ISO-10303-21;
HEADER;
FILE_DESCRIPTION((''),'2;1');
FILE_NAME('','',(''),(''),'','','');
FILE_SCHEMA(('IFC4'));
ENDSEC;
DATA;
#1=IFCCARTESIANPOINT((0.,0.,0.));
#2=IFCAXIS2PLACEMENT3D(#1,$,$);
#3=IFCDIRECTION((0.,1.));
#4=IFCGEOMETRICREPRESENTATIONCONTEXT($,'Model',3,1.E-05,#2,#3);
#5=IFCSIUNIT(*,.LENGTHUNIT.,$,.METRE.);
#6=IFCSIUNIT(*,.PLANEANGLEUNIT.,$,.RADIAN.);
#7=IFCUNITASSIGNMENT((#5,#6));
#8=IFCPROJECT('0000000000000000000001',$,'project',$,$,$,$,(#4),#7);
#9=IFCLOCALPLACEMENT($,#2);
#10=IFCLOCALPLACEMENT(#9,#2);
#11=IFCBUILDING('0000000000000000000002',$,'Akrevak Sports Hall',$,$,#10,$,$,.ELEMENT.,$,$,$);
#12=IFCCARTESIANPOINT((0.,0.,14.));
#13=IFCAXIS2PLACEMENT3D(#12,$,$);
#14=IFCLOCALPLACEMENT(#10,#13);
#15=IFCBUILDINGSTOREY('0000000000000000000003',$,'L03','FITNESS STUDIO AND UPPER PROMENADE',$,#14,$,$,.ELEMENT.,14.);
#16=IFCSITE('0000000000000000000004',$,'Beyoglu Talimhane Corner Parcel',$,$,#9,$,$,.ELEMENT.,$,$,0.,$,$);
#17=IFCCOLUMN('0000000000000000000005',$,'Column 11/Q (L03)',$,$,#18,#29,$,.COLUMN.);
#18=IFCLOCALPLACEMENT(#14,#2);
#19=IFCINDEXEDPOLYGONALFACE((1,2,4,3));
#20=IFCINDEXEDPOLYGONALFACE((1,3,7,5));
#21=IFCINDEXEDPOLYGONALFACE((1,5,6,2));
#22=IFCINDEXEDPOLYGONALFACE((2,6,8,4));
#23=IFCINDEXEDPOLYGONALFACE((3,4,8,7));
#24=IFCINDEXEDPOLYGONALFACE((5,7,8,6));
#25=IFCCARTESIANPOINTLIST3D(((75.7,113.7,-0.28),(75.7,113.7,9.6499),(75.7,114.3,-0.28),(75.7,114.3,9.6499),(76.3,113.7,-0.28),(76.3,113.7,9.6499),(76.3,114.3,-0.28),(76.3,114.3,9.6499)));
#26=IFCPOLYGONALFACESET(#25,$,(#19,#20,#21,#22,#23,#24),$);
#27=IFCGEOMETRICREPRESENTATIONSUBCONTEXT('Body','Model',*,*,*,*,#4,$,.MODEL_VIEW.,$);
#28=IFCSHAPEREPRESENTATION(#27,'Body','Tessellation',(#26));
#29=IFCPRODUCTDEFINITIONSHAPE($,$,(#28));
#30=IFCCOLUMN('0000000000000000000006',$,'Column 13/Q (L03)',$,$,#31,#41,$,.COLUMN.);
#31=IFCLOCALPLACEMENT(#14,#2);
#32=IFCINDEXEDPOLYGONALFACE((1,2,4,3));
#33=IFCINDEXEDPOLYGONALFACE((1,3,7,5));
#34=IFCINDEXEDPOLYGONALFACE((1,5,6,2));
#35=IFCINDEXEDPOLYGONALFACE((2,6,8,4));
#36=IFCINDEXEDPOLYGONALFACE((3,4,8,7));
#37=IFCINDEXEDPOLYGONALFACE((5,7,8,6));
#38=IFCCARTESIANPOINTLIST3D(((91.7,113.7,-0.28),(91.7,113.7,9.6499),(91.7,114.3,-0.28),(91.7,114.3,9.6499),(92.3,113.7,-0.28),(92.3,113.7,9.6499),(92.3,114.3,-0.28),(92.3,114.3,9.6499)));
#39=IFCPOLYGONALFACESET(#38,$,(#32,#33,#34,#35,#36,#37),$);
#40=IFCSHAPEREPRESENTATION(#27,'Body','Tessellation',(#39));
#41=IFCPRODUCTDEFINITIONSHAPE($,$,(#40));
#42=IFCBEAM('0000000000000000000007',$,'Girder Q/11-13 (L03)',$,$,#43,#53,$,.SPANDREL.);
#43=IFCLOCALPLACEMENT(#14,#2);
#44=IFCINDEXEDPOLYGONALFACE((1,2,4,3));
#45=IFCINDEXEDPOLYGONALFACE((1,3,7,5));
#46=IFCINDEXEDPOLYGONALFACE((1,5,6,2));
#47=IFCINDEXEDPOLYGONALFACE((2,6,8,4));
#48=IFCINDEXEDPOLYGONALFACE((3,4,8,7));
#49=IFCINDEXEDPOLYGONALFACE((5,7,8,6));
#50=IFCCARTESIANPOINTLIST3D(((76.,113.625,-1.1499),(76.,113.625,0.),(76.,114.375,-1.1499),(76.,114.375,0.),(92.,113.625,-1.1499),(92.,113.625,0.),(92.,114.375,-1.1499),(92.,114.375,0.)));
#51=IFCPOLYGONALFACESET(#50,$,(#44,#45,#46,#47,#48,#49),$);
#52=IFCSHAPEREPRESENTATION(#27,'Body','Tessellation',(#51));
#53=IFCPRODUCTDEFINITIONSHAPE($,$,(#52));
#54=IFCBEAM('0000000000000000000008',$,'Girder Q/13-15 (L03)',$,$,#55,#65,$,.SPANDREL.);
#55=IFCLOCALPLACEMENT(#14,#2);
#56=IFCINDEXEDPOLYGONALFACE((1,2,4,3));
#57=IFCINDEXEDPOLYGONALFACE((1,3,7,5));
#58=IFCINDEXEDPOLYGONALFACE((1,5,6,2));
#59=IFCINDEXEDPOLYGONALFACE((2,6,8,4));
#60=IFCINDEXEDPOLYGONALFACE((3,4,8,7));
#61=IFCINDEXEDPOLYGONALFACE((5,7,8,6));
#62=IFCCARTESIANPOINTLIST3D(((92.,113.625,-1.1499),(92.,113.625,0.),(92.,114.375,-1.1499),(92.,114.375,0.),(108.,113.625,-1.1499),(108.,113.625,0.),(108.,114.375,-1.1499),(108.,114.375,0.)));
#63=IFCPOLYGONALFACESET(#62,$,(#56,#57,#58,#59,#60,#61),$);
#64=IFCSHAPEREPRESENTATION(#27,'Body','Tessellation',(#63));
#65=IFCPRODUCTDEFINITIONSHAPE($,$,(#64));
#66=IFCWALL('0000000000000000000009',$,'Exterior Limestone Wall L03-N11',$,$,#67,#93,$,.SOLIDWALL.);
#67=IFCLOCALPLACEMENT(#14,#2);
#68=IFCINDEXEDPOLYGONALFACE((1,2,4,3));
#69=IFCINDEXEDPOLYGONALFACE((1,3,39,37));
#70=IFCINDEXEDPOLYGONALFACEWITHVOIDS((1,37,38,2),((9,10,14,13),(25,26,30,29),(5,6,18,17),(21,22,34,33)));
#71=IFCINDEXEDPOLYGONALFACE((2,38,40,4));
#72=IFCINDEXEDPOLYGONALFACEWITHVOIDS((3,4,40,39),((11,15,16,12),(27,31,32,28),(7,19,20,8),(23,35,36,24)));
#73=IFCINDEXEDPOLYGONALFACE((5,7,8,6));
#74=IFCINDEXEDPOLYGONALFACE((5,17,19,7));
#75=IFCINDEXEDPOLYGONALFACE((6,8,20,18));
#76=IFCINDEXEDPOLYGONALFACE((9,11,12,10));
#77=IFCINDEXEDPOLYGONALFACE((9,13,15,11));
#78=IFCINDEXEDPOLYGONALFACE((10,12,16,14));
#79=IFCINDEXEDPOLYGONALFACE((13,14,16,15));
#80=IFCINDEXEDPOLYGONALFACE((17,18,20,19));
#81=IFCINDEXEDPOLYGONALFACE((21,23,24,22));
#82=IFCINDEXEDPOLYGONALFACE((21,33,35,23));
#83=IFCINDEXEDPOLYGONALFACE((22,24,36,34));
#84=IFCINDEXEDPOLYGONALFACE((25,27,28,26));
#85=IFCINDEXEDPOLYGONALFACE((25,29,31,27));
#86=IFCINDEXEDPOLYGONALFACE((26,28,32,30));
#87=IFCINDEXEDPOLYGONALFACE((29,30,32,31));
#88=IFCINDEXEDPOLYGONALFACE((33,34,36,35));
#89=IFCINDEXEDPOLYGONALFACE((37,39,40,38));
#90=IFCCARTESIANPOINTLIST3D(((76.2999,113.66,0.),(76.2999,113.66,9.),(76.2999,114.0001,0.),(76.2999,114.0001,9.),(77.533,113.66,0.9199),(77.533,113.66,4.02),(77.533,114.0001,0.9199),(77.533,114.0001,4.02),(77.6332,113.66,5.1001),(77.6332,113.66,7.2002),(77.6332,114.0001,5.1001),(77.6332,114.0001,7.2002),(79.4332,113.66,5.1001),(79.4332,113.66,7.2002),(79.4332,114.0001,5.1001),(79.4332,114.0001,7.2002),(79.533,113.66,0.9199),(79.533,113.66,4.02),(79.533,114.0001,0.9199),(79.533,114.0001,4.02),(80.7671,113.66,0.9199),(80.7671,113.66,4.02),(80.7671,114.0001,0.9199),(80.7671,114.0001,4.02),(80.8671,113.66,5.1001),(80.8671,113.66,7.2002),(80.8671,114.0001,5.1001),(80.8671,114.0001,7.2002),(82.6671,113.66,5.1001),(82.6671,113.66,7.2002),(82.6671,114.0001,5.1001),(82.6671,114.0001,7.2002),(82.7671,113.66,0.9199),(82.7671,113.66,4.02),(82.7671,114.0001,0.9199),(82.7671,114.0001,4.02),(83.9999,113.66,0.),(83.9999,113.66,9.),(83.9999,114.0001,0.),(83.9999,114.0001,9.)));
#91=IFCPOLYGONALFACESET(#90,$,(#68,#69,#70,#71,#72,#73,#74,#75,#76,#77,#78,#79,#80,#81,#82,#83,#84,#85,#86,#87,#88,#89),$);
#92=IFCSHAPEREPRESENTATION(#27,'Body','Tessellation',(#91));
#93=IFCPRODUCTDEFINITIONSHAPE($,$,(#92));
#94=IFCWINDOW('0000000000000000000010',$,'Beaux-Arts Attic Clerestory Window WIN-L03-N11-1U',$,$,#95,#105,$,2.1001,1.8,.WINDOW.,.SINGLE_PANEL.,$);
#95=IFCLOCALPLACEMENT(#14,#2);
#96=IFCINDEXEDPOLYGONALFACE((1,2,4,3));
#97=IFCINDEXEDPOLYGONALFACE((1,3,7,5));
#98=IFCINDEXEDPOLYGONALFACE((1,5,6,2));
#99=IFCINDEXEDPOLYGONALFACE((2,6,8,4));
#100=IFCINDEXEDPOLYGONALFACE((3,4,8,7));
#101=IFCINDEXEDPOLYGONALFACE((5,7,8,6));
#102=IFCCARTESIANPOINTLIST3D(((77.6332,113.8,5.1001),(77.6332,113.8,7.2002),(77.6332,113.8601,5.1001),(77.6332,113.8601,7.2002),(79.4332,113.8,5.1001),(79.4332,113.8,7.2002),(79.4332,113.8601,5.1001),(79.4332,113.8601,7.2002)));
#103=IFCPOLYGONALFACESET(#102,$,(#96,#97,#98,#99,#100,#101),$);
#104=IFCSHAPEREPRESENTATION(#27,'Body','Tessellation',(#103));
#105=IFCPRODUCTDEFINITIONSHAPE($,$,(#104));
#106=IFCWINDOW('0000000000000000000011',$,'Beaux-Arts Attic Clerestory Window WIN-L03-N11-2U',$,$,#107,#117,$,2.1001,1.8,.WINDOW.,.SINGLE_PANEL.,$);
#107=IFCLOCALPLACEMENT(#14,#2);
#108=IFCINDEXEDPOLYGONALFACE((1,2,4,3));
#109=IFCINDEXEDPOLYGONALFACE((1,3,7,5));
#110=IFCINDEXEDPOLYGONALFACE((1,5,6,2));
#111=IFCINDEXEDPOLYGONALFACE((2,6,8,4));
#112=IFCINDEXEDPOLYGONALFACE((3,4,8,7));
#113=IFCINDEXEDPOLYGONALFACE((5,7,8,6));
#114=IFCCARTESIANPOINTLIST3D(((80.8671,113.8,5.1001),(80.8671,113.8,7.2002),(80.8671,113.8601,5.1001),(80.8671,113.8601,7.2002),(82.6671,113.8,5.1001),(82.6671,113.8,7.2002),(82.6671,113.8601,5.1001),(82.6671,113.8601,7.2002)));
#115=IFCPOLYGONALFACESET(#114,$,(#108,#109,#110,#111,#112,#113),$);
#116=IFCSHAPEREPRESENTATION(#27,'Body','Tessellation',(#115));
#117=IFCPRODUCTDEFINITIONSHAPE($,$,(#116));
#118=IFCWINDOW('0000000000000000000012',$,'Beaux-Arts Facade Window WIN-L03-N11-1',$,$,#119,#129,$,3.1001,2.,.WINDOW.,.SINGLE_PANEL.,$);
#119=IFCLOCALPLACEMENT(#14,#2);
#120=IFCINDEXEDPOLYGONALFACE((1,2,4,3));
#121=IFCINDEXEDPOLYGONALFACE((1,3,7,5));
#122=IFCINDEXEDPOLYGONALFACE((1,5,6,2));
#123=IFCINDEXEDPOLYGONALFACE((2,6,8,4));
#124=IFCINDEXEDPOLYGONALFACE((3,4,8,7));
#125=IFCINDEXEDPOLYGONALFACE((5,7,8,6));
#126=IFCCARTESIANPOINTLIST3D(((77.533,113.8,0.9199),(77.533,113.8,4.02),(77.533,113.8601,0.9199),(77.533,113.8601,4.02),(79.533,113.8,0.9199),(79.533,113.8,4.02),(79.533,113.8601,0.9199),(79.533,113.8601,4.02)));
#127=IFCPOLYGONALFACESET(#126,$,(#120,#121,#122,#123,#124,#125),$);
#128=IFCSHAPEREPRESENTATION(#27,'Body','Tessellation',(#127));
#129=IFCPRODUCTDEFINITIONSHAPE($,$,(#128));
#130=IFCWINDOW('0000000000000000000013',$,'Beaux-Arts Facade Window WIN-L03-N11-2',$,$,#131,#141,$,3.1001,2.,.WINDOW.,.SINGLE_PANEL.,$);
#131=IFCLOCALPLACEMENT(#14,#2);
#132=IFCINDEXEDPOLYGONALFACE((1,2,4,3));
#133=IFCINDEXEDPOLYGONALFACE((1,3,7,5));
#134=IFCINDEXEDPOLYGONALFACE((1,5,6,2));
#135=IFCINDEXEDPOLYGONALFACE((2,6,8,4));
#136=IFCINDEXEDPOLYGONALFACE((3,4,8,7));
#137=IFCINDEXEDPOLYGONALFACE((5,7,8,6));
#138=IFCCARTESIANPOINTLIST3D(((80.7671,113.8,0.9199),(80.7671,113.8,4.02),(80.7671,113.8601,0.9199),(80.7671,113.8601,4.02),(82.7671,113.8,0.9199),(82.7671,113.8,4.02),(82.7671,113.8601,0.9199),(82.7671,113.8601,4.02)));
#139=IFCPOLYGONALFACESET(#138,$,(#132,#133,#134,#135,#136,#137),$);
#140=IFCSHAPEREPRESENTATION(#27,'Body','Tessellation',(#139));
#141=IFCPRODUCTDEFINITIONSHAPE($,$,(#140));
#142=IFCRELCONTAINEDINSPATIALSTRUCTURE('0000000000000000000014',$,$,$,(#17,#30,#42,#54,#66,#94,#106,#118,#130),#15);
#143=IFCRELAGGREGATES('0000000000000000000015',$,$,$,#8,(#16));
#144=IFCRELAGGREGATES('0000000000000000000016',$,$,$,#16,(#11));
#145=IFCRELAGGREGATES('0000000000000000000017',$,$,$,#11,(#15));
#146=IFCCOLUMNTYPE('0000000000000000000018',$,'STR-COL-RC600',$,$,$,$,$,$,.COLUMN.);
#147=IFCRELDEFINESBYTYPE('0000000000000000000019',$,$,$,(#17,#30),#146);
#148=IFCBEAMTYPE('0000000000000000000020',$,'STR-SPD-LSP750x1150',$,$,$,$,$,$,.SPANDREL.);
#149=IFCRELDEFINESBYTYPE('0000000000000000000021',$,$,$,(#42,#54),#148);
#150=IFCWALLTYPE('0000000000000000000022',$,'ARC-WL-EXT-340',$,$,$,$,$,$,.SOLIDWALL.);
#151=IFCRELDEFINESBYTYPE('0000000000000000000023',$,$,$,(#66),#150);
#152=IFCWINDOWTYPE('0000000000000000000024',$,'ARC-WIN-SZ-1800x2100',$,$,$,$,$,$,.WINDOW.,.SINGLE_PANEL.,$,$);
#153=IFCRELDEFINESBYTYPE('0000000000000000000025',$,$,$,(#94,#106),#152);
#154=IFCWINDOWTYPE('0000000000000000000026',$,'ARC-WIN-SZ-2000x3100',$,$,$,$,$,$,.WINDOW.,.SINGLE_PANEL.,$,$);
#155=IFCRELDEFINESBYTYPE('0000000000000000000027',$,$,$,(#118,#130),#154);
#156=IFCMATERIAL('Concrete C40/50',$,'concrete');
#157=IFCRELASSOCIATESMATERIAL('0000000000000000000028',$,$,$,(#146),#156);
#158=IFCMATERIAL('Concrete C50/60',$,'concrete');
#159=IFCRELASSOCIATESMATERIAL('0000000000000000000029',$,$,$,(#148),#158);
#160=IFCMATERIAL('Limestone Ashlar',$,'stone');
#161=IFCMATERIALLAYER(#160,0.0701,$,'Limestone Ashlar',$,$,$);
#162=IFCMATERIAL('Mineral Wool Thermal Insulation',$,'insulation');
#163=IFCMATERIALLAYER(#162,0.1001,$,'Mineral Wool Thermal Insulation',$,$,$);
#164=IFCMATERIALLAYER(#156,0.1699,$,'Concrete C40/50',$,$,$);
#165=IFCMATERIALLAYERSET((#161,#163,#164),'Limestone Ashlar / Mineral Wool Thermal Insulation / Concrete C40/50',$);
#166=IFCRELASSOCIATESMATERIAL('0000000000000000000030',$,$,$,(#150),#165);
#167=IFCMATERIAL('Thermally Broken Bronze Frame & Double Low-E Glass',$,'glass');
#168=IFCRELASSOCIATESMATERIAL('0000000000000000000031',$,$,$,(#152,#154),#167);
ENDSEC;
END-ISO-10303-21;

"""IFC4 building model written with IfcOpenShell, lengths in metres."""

from ifc_helpers import new_model, si_unit, direction, frame, frame_2d, origin, origin_2d, place, context, subcontext, project, spatial, rectangle, extrude, material, layer, layer_set, material_profile, profile_set, type_object, element, fill, save


model = new_model("IFC4")

# Units and contexts
model_context = context("Model", 3, precision=1e-05, world=origin(), true_north=direction((0.0, 1.0)))
body_context = subcontext(model_context, "Body", "Model", "MODEL_VIEW")
ifc_project = project(units=[si_unit("LENGTHUNIT", "METRE"), si_unit("PLANEANGLEUNIT", "RADIAN")], contexts=[model_context])

# Site, building, storey
site_placement = place(None, origin())
site = spatial("IfcSite", under=ifc_project, at=site_placement, Name="Beyoglu Talimhane Corner Parcel", CompositionType="ELEMENT", RefElevation=0.0)
building_placement = place(site_placement, origin())
building = spatial("IfcBuilding", under=site, at=building_placement, Name="Akrevak Sports Hall", CompositionType="ELEMENT")
storey_placement = place(building_placement, frame((0.0, 0.0, 14.0)))
storey = spatial("IfcBuildingStorey", under=building, at=storey_placement, Name="L03", Description="FITNESS STUDIO AND UPPER PROMENADE", CompositionType="ELEMENT", Elevation=14.0)

# Columns
ifc_material_1 = material(Name="Concrete C40/50", Category="concrete")
ifc_material_profile_1 = material_profile(ifc_material_1, rectangle(XDim=0.6001, YDim=0.6001, at=origin_2d()), Name="RC 600x600", Category="concrete")
ifc_profile_set_1 = profile_set([ifc_material_profile_1], Name="Concrete C40/50")
column_type = type_object("IfcColumnType", Name="STR-COL-RC600", PredefinedType="COLUMN", material=ifc_profile_set_1)
for number, where, z_axis, x_axis, name in (
    (1, (76.0, 114.0, -0.28), (0.0, 0.0, 1.0), (1.0, 0.0, 0.0), "Column 11/Q (L03)"),
    (2, (92.0, 114.0, -0.28), (0.0, 0.0, 1.0), (1.0, 0.0, 0.0), "Column 13/Q (L03)"),
):
    element("IfcColumn", number, at=place(storey_placement, frame(where, z_axis=z_axis, x_axis=x_axis)), inside=storey, type_object=column_type, Name=name, PredefinedType="COLUMN", context=body_context, shape_type="SweptSolid", body=[
        extrude(rectangle(XDim=0.6001, YDim=0.6001, at=origin_2d()), origin(), (0.0, 0.0, 1.0), 9.9299),
    ])

# Beams
ifc_material_2 = material(Name="Concrete C50/60", Category="concrete")
ifc_material_profile_2 = material_profile(ifc_material_2, rectangle(XDim=0.75, YDim=1.1499, at=origin_2d()), Name="SPD 750x1150", Category="concrete")
ifc_profile_set_2 = profile_set([ifc_material_profile_2], Name="Concrete C50/60")
beam_type = type_object("IfcBeamType", Name="STR-SPD-LSP750x1150", PredefinedType="SPANDREL", material=ifc_profile_set_2)
for number, where, z_axis, x_axis, name in (
    (3, (76.0, 114.0, -0.575), (1.0, 0.0, 0.0), (0.0, 1.0, 0.0), "Girder Q/11-13 (L03)"),
    (4, (92.0, 114.0, -0.575), (1.0, 0.0, 0.0), (0.0, 1.0, 0.0), "Girder Q/13-15 (L03)"),
):
    element("IfcBeam", number, at=place(storey_placement, frame(where, z_axis=z_axis, x_axis=x_axis)), inside=storey, type_object=beam_type, Name=name, PredefinedType="SPANDREL", context=body_context, shape_type="SweptSolid", body=[
        extrude(rectangle(XDim=0.75, YDim=1.1499, at=origin_2d()), origin(), (0.0, 0.0, 1.0), 16.0),
    ])

# Wall, openings, windows
ifc_material_3 = material(Name="Limestone Ashlar", Category="stone")
ifc_layer_1 = layer(ifc_material_3, 0.0701, Name="Limestone Ashlar")
ifc_material_4 = material(Name="Mineral Wool Thermal Insulation", Category="insulation")
ifc_layer_2 = layer(ifc_material_4, 0.1001, Name="Mineral Wool Thermal Insulation")
ifc_layer_3 = layer(ifc_material_1, 0.1699, Name="Concrete C40/50")
ifc_layer_set_1 = layer_set([ifc_layer_1, ifc_layer_2, ifc_layer_3], Name="Limestone Ashlar / Mineral Wool Thermal Insulation / Concrete C40/50")
wall_type = type_object("IfcWallType", Name="ARC-WL-EXT-340", PredefinedType="SOLIDWALL", material=ifc_layer_set_1)
wall_1_placement = place(storey_placement, frame((84.0, 113.8301, 0.0), z_axis=(0.0, 0.0, 1.0), x_axis=(-1.0, 0.0, 0.0)))
wall_1 = element("IfcWall", 5, at=wall_1_placement, inside=storey, type_object=wall_type, Name="Exterior Limestone Wall L03-N11", PredefinedType="SOLIDWALL", context=body_context, shape_type="SweptSolid", body=[
    extrude(rectangle(XDim=7.7, YDim=0.3401, at=frame_2d((3.8501, 0.0))), origin(), (0.0, 0.0, 1.0), 9.0),
])
opening_1_placement = place(wall_1_placement, frame((4.467, 0.0, 0.9199)))
opening_1 = element("IfcOpeningElement", 6, at=opening_1_placement, cuts=wall_1, PredefinedType="OPENING", context=body_context, shape_type="SweptSolid", body=[
    extrude(rectangle(XDim=2.0, YDim=3.1001, at=frame_2d((1.0, 1.55))), frame((0.0, 0.1821, 0.0), z_axis=(0.0, -1.0, 0.0), x_axis=(1.0, 0.0, 0.0)), (0.0, 0.0, 1.0), 0.364),
])
opening_2_placement = place(wall_1_placement, frame((4.5669, 0.0, 5.1001)))
opening_2 = element("IfcOpeningElement", 7, at=opening_2_placement, cuts=wall_1, PredefinedType="OPENING", context=body_context, shape_type="SweptSolid", body=[
    extrude(rectangle(XDim=1.8, YDim=2.1001, at=frame_2d((0.8999, 1.05))), frame((0.0, 0.1821, 0.0), z_axis=(0.0, -1.0, 0.0), x_axis=(1.0, 0.0, 0.0)), (0.0, 0.0, 1.0), 0.364),
])
opening_3_placement = place(wall_1_placement, frame((1.2329, 0.0, 0.9199)))
opening_3 = element("IfcOpeningElement", 8, at=opening_3_placement, cuts=wall_1, PredefinedType="OPENING", context=body_context, shape_type="SweptSolid", body=[
    extrude(rectangle(XDim=2.0, YDim=3.1001, at=frame_2d((1.0, 1.55))), frame((0.0, 0.1821, 0.0), z_axis=(0.0, -1.0, 0.0), x_axis=(1.0, 0.0, 0.0)), (0.0, 0.0, 1.0), 0.364),
])
opening_4_placement = place(wall_1_placement, frame((1.333, 0.0, 5.1001)))
opening_4 = element("IfcOpeningElement", 9, at=opening_4_placement, cuts=wall_1, PredefinedType="OPENING", context=body_context, shape_type="SweptSolid", body=[
    extrude(rectangle(XDim=1.8, YDim=2.1001, at=frame_2d((0.8999, 1.05))), frame((0.0, 0.1821, 0.0), z_axis=(0.0, -1.0, 0.0), x_axis=(1.0, 0.0, 0.0)), (0.0, 0.0, 1.0), 0.364),
])
ifc_material_5 = material(Name="Thermally Broken Bronze Frame & Double Low-E Glass", Category="glass")
window_type_1 = type_object("IfcWindowType", Name="ARC-WIN-SZ-1800x2100", PartitioningType="SINGLE_PANEL", PredefinedType="WINDOW", material=ifc_material_5)
window_1_placement = place(opening_2_placement, origin())
window_1 = element("IfcWindow", 10, at=window_1_placement, inside=storey, type_object=window_type_1, Name="Beaux-Arts Attic Clerestory Window WIN-L03-N11-1U", OverallHeight=2.1001, OverallWidth=1.8, PartitioningType="SINGLE_PANEL", PredefinedType="WINDOW", context=body_context, shape_type="SweptSolid", body=[
    extrude(rectangle(XDim=1.8, YDim=2.1001, at=frame_2d((0.8999, 1.05))), frame((0.0, 0.03, 0.0), z_axis=(0.0, -1.0, 0.0), x_axis=(1.0, 0.0, 0.0)), (0.0, 0.0, 1.0), 0.0601),
])
fill(opening_2, window_1)
window_2_placement = place(opening_4_placement, origin())
window_2 = element("IfcWindow", 11, at=window_2_placement, inside=storey, type_object=window_type_1, Name="Beaux-Arts Attic Clerestory Window WIN-L03-N11-2U", OverallHeight=2.1001, OverallWidth=1.8, PartitioningType="SINGLE_PANEL", PredefinedType="WINDOW", context=body_context, shape_type="SweptSolid", body=[
    extrude(rectangle(XDim=1.8, YDim=2.1001, at=frame_2d((0.8999, 1.05))), frame((0.0, 0.03, 0.0), z_axis=(0.0, -1.0, 0.0), x_axis=(1.0, 0.0, 0.0)), (0.0, 0.0, 1.0), 0.0601),
])
fill(opening_4, window_2)
window_type_2 = type_object("IfcWindowType", Name="ARC-WIN-SZ-2000x3100", PartitioningType="SINGLE_PANEL", PredefinedType="WINDOW", material=ifc_material_5)
window_3_placement = place(opening_1_placement, origin())
window_3 = element("IfcWindow", 12, at=window_3_placement, inside=storey, type_object=window_type_2, Name="Beaux-Arts Facade Window WIN-L03-N11-1", OverallHeight=3.1001, OverallWidth=2.0, PartitioningType="SINGLE_PANEL", PredefinedType="WINDOW", context=body_context, shape_type="SweptSolid", body=[
    extrude(rectangle(XDim=2.0, YDim=3.1001, at=frame_2d((1.0, 1.55))), frame((0.0, 0.03, 0.0), z_axis=(0.0, -1.0, 0.0), x_axis=(1.0, 0.0, 0.0)), (0.0, 0.0, 1.0), 0.0601),
])
fill(opening_1, window_3)
window_4_placement = place(opening_3_placement, origin())
window_4 = element("IfcWindow", 13, at=window_4_placement, inside=storey, type_object=window_type_2, Name="Beaux-Arts Facade Window WIN-L03-N11-2", OverallHeight=3.1001, OverallWidth=2.0, PartitioningType="SINGLE_PANEL", PredefinedType="WINDOW", context=body_context, shape_type="SweptSolid", body=[
    extrude(rectangle(XDim=2.0, YDim=3.1001, at=frame_2d((1.0, 1.55))), frame((0.0, 0.03, 0.0), z_axis=(0.0, -1.0, 0.0), x_axis=(1.0, 0.0, 0.0)), (0.0, 0.0, 1.0), 0.0601),
])
fill(opening_3, window_4)

save(model, "model.ifc")
